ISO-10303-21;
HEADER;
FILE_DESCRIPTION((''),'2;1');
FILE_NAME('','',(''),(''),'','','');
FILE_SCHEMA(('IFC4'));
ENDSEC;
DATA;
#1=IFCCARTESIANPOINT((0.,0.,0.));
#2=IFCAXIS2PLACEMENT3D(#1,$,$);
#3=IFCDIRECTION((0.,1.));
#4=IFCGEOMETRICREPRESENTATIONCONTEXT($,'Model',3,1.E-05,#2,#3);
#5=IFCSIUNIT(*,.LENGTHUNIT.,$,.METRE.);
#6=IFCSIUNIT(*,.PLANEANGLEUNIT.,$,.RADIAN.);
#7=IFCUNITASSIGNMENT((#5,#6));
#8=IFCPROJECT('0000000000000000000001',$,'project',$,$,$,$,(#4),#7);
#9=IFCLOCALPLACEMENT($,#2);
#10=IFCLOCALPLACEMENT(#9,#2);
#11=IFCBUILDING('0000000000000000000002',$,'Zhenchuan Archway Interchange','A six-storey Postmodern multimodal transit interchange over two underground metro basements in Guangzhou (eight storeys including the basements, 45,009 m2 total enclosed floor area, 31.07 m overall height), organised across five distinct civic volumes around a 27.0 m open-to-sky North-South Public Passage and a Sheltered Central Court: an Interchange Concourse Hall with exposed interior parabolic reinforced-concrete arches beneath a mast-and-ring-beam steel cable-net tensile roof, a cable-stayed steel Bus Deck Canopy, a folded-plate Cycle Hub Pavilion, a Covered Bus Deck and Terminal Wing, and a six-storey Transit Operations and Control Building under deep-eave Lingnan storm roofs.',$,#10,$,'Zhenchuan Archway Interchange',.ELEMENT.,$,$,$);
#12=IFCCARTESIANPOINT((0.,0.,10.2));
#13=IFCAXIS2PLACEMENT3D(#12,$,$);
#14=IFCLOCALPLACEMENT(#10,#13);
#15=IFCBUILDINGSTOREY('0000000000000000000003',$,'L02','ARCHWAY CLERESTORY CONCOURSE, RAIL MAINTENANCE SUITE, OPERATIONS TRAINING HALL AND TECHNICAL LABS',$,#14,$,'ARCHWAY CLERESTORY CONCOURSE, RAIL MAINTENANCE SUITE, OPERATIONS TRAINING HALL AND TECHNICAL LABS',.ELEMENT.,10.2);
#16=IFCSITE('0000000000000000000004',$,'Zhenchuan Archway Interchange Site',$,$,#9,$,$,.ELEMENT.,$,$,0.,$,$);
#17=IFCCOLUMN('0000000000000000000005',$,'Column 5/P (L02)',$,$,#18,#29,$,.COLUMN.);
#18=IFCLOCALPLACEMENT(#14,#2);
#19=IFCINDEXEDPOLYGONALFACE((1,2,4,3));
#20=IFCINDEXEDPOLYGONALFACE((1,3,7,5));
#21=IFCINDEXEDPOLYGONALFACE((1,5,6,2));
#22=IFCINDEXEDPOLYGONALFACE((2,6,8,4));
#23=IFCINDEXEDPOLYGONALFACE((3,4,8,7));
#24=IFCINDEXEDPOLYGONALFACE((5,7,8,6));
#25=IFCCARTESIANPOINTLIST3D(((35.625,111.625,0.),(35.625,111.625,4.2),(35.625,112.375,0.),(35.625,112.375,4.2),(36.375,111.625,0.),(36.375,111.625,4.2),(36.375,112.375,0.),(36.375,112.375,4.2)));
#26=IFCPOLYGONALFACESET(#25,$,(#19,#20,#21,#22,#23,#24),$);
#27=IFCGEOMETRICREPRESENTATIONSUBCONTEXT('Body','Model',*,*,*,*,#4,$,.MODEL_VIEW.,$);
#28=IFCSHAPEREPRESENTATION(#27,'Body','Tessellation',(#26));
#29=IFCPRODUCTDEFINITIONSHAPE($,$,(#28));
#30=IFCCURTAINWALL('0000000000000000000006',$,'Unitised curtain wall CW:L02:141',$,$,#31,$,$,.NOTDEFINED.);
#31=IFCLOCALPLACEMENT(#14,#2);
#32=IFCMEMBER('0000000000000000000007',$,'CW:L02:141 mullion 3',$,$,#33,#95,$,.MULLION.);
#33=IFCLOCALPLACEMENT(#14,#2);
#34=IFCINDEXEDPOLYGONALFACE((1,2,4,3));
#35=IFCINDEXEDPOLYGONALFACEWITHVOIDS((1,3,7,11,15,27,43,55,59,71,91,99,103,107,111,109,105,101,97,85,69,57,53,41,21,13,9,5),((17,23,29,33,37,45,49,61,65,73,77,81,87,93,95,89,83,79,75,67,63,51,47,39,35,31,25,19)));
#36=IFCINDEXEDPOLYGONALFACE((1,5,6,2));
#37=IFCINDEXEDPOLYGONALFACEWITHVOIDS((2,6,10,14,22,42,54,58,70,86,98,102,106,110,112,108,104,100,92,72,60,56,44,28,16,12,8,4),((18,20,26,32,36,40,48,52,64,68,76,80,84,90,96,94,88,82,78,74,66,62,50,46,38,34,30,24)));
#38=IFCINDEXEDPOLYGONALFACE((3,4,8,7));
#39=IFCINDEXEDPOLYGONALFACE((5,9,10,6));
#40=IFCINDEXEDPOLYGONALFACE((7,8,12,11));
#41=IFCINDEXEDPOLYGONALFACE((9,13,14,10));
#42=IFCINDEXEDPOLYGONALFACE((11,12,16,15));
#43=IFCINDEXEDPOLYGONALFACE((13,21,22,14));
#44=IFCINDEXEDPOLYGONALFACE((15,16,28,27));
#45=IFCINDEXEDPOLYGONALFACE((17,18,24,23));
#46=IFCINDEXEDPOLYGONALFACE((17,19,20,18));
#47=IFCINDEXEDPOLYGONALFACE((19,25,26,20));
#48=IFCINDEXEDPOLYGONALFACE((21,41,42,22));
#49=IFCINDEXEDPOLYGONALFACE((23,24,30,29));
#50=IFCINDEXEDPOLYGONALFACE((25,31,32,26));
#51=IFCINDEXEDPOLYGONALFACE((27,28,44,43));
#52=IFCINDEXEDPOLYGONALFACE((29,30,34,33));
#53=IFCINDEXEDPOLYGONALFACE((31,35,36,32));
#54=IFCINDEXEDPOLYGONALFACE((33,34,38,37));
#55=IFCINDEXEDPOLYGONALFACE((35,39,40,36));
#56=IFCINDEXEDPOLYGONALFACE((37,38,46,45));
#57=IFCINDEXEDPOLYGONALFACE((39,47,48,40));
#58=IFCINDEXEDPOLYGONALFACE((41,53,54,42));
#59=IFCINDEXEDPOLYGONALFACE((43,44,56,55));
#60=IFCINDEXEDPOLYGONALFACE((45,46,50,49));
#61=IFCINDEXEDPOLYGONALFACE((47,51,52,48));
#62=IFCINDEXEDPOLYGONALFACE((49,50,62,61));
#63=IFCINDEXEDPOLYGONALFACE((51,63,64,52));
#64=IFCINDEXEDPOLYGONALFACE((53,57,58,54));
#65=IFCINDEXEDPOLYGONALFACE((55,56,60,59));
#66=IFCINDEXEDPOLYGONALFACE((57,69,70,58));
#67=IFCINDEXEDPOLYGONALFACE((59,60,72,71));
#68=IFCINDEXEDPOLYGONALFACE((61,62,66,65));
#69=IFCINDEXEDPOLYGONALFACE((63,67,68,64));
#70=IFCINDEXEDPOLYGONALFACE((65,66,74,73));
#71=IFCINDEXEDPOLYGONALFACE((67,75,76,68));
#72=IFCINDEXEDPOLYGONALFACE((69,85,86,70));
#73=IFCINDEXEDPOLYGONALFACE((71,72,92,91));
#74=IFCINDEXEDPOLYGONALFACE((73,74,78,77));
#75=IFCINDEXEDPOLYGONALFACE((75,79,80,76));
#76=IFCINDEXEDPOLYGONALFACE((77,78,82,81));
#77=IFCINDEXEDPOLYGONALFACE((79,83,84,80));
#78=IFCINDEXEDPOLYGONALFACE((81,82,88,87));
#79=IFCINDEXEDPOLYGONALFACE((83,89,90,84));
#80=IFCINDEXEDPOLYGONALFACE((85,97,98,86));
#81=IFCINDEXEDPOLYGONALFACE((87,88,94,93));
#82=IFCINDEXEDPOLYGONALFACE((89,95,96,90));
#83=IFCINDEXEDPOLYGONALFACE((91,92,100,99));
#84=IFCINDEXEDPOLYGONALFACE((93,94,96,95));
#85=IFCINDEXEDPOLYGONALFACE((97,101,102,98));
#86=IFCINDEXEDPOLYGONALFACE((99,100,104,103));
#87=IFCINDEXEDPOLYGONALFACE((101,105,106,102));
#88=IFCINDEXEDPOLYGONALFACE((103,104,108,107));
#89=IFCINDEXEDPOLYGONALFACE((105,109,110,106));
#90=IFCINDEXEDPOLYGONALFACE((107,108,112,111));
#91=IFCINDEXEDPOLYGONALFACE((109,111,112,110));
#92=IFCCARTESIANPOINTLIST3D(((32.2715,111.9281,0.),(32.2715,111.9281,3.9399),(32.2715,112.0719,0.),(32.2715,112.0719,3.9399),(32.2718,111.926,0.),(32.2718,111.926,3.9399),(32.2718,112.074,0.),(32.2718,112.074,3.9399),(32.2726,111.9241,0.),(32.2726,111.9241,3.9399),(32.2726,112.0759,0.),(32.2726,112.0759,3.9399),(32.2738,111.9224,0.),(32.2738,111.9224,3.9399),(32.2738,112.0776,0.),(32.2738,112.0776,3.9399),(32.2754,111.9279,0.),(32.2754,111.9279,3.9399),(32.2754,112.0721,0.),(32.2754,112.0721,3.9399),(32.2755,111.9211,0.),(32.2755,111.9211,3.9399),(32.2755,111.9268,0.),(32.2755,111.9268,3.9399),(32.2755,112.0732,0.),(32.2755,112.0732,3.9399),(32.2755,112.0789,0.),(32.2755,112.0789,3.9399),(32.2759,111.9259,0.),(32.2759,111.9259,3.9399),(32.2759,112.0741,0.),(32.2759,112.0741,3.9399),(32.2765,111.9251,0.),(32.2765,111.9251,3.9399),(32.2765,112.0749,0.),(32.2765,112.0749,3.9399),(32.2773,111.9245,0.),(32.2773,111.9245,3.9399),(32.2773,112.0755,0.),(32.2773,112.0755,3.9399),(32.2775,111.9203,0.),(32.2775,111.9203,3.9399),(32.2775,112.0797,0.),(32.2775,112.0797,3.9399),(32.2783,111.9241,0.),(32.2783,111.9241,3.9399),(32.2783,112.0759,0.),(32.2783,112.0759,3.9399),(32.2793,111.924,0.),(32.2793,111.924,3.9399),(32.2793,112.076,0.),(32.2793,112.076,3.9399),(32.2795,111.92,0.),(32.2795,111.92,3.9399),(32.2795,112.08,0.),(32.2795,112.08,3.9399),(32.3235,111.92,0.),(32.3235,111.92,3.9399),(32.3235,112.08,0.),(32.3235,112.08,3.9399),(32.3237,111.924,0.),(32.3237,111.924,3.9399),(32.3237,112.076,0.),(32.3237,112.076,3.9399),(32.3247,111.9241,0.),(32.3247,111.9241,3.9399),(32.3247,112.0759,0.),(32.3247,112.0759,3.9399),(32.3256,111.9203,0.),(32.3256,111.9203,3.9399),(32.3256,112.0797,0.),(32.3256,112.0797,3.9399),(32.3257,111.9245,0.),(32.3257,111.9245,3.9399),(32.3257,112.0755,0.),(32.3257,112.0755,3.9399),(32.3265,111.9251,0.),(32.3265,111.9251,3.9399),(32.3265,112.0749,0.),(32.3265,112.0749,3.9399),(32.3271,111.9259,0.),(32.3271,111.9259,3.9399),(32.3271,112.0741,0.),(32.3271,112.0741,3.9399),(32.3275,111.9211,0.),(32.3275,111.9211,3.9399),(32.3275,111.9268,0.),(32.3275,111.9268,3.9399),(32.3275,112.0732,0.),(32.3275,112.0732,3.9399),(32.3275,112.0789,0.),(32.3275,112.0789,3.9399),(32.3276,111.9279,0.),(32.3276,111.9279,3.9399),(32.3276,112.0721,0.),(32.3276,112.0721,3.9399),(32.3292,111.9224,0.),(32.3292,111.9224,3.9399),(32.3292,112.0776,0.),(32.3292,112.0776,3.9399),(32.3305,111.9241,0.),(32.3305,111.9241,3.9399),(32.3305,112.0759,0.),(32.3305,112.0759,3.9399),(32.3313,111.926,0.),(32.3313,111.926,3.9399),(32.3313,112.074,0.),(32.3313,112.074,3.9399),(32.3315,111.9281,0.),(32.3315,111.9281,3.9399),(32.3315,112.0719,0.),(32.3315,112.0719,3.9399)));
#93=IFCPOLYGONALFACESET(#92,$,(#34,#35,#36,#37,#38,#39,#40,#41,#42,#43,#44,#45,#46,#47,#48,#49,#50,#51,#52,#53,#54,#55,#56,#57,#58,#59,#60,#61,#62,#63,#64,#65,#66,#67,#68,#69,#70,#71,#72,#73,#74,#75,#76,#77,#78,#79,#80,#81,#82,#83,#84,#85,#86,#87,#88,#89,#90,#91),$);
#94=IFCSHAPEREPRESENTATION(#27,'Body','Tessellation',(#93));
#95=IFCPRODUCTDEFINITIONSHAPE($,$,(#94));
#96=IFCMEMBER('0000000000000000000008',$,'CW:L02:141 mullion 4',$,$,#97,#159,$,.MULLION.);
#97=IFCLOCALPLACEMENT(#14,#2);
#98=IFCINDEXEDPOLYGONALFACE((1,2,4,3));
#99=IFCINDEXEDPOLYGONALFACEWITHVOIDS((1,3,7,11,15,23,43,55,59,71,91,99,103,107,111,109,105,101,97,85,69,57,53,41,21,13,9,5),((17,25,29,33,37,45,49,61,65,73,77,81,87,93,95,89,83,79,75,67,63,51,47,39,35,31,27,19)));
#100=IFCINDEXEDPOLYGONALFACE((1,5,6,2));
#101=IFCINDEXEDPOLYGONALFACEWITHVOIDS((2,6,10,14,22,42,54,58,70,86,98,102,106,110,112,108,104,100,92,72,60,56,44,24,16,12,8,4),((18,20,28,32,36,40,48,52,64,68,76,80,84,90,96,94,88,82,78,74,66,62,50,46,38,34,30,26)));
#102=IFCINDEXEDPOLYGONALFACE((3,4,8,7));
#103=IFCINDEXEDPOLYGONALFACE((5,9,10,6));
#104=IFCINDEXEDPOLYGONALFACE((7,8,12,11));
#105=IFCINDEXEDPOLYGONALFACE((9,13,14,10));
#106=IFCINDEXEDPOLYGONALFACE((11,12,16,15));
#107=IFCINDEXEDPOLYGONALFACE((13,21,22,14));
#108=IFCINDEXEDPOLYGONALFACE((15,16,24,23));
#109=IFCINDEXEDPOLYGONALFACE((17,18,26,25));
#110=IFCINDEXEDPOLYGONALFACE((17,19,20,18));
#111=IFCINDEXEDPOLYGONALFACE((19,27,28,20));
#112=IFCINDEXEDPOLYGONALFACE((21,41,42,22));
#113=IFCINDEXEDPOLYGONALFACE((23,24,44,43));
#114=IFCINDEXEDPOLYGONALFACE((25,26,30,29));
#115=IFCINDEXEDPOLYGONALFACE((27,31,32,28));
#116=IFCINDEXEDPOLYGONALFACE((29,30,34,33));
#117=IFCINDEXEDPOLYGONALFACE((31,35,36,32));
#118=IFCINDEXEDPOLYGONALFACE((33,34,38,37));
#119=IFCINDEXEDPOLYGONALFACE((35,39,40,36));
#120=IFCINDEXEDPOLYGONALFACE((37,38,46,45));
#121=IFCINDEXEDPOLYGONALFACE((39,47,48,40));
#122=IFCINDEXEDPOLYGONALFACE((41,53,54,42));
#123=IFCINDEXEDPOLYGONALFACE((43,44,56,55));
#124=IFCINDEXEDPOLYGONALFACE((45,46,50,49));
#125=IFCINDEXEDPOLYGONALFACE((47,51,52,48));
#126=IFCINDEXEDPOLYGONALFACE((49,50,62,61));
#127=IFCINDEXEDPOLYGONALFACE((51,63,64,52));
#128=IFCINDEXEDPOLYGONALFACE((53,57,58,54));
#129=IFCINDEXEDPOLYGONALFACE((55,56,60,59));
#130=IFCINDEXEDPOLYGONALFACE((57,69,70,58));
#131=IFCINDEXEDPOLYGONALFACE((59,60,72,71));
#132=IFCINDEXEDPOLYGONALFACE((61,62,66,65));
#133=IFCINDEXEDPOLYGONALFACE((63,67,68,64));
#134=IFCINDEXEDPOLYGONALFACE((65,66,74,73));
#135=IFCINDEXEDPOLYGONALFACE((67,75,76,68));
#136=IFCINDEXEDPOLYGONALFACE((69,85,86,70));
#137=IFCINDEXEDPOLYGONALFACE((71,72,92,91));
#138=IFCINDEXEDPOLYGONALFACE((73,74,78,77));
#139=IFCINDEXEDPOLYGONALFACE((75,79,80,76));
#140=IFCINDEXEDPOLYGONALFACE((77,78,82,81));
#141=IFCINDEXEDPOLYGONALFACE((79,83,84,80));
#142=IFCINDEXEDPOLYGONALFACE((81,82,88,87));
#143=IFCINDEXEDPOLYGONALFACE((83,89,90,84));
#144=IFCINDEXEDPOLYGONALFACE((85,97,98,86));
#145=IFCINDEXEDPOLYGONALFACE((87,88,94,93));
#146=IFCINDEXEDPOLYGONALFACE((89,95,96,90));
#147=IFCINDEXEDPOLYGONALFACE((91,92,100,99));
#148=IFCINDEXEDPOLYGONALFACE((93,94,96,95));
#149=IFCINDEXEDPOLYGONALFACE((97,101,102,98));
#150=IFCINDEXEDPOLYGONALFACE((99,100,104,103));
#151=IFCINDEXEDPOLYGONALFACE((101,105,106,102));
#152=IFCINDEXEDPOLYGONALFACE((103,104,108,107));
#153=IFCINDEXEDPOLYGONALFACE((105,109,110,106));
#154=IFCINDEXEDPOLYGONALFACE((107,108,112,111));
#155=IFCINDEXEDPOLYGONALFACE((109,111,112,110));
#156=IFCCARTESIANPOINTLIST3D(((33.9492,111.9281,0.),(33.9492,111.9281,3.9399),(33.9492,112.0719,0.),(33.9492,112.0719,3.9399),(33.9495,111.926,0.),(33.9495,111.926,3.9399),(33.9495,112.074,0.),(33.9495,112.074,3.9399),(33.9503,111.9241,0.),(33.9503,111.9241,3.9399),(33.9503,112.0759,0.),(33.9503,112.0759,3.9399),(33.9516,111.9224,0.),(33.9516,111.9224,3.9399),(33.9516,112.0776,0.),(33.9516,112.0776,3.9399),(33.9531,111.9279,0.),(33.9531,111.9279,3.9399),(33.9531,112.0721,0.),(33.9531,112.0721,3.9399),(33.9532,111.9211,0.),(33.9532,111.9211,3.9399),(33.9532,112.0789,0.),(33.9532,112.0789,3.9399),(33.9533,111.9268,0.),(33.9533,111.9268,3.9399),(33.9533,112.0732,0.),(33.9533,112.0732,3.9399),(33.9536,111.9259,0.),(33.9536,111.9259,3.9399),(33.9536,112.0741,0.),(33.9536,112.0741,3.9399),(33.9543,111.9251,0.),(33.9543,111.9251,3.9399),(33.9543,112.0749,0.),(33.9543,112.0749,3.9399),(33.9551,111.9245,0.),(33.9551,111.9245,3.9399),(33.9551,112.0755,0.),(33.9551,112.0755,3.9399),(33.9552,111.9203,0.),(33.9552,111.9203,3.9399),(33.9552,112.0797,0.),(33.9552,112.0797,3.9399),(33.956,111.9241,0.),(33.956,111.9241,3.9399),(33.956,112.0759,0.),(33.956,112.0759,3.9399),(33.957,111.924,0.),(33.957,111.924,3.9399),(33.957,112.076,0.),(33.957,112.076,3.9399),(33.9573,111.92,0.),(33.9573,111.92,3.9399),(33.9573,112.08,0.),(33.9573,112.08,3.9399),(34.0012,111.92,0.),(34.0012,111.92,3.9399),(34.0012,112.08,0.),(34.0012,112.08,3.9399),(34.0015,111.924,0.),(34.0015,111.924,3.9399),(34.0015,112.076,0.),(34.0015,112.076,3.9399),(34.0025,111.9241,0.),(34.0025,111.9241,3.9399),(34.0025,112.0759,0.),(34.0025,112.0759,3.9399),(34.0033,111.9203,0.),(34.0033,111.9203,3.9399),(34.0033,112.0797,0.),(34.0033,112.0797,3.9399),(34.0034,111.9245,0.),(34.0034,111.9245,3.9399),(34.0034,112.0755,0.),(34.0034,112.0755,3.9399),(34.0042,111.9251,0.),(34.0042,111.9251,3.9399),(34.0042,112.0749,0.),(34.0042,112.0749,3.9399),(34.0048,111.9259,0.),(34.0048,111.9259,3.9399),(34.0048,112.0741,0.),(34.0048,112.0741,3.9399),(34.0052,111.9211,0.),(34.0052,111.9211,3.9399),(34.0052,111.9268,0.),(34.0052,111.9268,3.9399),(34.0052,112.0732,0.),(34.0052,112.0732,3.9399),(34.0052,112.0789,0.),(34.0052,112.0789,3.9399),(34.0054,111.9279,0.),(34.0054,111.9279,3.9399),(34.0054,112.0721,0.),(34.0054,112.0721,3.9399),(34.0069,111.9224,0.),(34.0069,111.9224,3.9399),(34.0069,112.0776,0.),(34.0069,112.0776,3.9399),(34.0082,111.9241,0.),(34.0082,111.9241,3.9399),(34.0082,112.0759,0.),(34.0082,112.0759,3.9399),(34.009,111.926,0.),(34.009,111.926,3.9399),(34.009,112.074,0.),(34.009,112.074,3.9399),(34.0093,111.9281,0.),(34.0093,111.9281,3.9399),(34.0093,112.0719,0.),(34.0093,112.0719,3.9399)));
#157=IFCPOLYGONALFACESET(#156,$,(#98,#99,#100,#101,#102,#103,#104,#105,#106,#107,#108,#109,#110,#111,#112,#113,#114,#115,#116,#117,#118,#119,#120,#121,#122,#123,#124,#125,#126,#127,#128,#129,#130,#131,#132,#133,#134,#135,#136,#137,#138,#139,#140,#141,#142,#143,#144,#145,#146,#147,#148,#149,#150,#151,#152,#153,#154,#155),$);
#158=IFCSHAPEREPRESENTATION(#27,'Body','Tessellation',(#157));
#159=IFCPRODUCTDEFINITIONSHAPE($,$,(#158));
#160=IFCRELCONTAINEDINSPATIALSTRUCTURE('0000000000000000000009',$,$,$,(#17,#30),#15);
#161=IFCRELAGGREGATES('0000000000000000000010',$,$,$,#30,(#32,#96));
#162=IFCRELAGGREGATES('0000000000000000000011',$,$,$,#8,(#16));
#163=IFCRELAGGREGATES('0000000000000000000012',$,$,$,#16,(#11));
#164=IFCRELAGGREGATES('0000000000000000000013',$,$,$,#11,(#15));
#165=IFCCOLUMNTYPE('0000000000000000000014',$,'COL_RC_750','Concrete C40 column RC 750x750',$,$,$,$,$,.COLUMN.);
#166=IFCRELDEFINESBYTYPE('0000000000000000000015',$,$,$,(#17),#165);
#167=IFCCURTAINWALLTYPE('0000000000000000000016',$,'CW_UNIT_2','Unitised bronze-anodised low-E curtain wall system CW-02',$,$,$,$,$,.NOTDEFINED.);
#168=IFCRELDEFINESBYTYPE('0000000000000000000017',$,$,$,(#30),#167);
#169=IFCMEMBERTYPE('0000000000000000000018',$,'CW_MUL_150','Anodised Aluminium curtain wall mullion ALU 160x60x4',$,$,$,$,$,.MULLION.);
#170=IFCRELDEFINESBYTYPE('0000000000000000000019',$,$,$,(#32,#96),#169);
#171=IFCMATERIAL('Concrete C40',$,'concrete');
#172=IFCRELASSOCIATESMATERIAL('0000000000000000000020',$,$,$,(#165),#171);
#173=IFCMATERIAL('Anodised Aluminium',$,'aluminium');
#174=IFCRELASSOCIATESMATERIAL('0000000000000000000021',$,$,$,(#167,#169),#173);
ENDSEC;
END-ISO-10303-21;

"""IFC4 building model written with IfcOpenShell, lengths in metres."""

from ifc_helpers import new_model, si_unit, direction, frame, origin, origin_2d, place, context, subcontext, project, spatial, rectangle, hollow_rectangle, extrude, material, material_profile, profile_set, type_object, element, aggregate, save


model = new_model("IFC4")

# Units and contexts
model_context = context("Model", 3, precision=1e-05, world=origin(), true_north=direction((0.0, 1.0)))
body_context = subcontext(model_context, "Body", "Model", "MODEL_VIEW")
ifc_project = project(units=[si_unit("LENGTHUNIT", "METRE"), si_unit("PLANEANGLEUNIT", "RADIAN")], contexts=[model_context])

# Site, building, storey
site_placement = place(None, origin())
site = spatial("IfcSite", under=ifc_project, at=site_placement, Name="Zhenchuan Archway Interchange Site", CompositionType="ELEMENT", RefElevation=0.0)
building_placement = place(site_placement, origin())
building = spatial("IfcBuilding", under=site, at=building_placement, Name="Zhenchuan Archway Interchange", Description="A six-storey Postmodern multimodal transit interchange over two underground metro basements in Guangzhou (eight storeys including the basements, 45,009 m2 total enclosed floor area, 31.07 m overall height), organised across five distinct civic volumes around a 27.0 m open-to-sky North-South Public Passage and a Sheltered Central Court: an Interchange Concourse Hall with exposed interior parabolic reinforced-concrete arches beneath a mast-and-ring-beam steel cable-net tensile roof, a cable-stayed steel Bus Deck Canopy, a folded-plate Cycle Hub Pavilion, a Covered Bus Deck and Terminal Wing, and a six-storey Transit Operations and Control Building under deep-eave Lingnan storm roofs.", LongName="Zhenchuan Archway Interchange", CompositionType="ELEMENT")
storey_placement = place(building_placement, frame((0.0, 0.0, 10.2)))
storey = spatial("IfcBuildingStorey", under=building, at=storey_placement, Name="L02", Description="ARCHWAY CLERESTORY CONCOURSE, RAIL MAINTENANCE SUITE, OPERATIONS TRAINING HALL AND TECHNICAL LABS", LongName="ARCHWAY CLERESTORY CONCOURSE, RAIL MAINTENANCE SUITE, OPERATIONS TRAINING HALL AND TECHNICAL LABS", CompositionType="ELEMENT", Elevation=10.2)

# Column
ifc_material_1 = material(Name="Concrete C40", Category="concrete")
ifc_material_profile_1 = material_profile(ifc_material_1, rectangle(XDim=0.75, YDim=0.75, at=origin_2d()), Name="RC 750x750")
ifc_profile_set_1 = profile_set([ifc_material_profile_1], Name="Concrete C40")
column_type = type_object("IfcColumnType", Name="COL_RC_750", Description="Concrete C40 column RC 750x750", PredefinedType="COLUMN", material=ifc_profile_set_1)
column_placement = place(storey_placement, frame((36.0, 112.0, 0.0), z_axis=(0.0, 0.0, 1.0), x_axis=(1.0, 0.0, 0.0)))
element("IfcColumn", 1, at=column_placement, inside=storey, type_object=column_type, Name="Column 5/P (L02)", PredefinedType="COLUMN", context=body_context, shape_type="SweptSolid", body=[
    extrude(rectangle(XDim=0.75, YDim=0.75, at=origin_2d()), origin(), (0.0, 0.0, 1.0), 4.2),
])

# Curtain wall, members
ifc_material_2 = material(Name="Anodised Aluminium", Category="aluminium")
curtain_wall_type = type_object("IfcCurtainWallType", Name="CW_UNIT_2", Description="Unitised bronze-anodised low-E curtain wall system CW-02", PredefinedType="NOTDEFINED", material=ifc_material_2)
curtain_wall_placement = place(storey_placement, origin())
curtain_wall = element("IfcCurtainWall", 2, at=curtain_wall_placement, inside=storey, type_object=curtain_wall_type, Name="Unitised curtain wall CW:L02:141", PredefinedType="NOTDEFINED")
ifc_material_profile_2 = material_profile(ifc_material_2, hollow_rectangle(XDim=0.0601, YDim=0.1599, WallThickness=0.0039, InnerFilletRadius=0.0039, OuterFilletRadius=0.0081, at=origin_2d()), Name="ALU 160x60x4")
ifc_profile_set_2 = profile_set([ifc_material_profile_2], Name="Anodised Aluminium")
member_type_1 = type_object("IfcMemberType", Name="CW_MUL_150", Description="Anodised Aluminium curtain wall mullion ALU 160x60x4", PredefinedType="MULLION", material=ifc_profile_set_2)
member_1_placement = place(storey_placement, frame((32.3015, 112.0, 0.0), z_axis=(0.0, 0.0, 1.0), x_axis=(1.0, 0.0, 0.0)))
member_1 = element("IfcMember", 3, at=member_1_placement, type_object=member_type_1, Name="CW:L02:141 mullion 3", PredefinedType="MULLION", context=body_context, shape_type="SweptSolid", body=[
    extrude(hollow_rectangle(XDim=0.0601, YDim=0.1599, WallThickness=0.0039, InnerFilletRadius=0.0039, OuterFilletRadius=0.0081, at=origin_2d()), origin(), (0.0, 0.0, 1.0), 3.9399),
])
member_2_placement = place(storey_placement, frame((33.9792, 112.0, 0.0), z_axis=(0.0, 0.0, 1.0), x_axis=(1.0, 0.0, 0.0)))
member_2 = element("IfcMember", 4, at=member_2_placement, type_object=member_type_1, Name="CW:L02:141 mullion 4", PredefinedType="MULLION", context=body_context, shape_type="SweptSolid", body=[
    extrude(hollow_rectangle(XDim=0.0601, YDim=0.1599, WallThickness=0.0039, InnerFilletRadius=0.0039, OuterFilletRadius=0.0081, at=origin_2d()), origin(), (0.0, 0.0, 1.0), 3.9399),
])

aggregate(curtain_wall, [member_1, member_2])

save(model, "model.ifc")
